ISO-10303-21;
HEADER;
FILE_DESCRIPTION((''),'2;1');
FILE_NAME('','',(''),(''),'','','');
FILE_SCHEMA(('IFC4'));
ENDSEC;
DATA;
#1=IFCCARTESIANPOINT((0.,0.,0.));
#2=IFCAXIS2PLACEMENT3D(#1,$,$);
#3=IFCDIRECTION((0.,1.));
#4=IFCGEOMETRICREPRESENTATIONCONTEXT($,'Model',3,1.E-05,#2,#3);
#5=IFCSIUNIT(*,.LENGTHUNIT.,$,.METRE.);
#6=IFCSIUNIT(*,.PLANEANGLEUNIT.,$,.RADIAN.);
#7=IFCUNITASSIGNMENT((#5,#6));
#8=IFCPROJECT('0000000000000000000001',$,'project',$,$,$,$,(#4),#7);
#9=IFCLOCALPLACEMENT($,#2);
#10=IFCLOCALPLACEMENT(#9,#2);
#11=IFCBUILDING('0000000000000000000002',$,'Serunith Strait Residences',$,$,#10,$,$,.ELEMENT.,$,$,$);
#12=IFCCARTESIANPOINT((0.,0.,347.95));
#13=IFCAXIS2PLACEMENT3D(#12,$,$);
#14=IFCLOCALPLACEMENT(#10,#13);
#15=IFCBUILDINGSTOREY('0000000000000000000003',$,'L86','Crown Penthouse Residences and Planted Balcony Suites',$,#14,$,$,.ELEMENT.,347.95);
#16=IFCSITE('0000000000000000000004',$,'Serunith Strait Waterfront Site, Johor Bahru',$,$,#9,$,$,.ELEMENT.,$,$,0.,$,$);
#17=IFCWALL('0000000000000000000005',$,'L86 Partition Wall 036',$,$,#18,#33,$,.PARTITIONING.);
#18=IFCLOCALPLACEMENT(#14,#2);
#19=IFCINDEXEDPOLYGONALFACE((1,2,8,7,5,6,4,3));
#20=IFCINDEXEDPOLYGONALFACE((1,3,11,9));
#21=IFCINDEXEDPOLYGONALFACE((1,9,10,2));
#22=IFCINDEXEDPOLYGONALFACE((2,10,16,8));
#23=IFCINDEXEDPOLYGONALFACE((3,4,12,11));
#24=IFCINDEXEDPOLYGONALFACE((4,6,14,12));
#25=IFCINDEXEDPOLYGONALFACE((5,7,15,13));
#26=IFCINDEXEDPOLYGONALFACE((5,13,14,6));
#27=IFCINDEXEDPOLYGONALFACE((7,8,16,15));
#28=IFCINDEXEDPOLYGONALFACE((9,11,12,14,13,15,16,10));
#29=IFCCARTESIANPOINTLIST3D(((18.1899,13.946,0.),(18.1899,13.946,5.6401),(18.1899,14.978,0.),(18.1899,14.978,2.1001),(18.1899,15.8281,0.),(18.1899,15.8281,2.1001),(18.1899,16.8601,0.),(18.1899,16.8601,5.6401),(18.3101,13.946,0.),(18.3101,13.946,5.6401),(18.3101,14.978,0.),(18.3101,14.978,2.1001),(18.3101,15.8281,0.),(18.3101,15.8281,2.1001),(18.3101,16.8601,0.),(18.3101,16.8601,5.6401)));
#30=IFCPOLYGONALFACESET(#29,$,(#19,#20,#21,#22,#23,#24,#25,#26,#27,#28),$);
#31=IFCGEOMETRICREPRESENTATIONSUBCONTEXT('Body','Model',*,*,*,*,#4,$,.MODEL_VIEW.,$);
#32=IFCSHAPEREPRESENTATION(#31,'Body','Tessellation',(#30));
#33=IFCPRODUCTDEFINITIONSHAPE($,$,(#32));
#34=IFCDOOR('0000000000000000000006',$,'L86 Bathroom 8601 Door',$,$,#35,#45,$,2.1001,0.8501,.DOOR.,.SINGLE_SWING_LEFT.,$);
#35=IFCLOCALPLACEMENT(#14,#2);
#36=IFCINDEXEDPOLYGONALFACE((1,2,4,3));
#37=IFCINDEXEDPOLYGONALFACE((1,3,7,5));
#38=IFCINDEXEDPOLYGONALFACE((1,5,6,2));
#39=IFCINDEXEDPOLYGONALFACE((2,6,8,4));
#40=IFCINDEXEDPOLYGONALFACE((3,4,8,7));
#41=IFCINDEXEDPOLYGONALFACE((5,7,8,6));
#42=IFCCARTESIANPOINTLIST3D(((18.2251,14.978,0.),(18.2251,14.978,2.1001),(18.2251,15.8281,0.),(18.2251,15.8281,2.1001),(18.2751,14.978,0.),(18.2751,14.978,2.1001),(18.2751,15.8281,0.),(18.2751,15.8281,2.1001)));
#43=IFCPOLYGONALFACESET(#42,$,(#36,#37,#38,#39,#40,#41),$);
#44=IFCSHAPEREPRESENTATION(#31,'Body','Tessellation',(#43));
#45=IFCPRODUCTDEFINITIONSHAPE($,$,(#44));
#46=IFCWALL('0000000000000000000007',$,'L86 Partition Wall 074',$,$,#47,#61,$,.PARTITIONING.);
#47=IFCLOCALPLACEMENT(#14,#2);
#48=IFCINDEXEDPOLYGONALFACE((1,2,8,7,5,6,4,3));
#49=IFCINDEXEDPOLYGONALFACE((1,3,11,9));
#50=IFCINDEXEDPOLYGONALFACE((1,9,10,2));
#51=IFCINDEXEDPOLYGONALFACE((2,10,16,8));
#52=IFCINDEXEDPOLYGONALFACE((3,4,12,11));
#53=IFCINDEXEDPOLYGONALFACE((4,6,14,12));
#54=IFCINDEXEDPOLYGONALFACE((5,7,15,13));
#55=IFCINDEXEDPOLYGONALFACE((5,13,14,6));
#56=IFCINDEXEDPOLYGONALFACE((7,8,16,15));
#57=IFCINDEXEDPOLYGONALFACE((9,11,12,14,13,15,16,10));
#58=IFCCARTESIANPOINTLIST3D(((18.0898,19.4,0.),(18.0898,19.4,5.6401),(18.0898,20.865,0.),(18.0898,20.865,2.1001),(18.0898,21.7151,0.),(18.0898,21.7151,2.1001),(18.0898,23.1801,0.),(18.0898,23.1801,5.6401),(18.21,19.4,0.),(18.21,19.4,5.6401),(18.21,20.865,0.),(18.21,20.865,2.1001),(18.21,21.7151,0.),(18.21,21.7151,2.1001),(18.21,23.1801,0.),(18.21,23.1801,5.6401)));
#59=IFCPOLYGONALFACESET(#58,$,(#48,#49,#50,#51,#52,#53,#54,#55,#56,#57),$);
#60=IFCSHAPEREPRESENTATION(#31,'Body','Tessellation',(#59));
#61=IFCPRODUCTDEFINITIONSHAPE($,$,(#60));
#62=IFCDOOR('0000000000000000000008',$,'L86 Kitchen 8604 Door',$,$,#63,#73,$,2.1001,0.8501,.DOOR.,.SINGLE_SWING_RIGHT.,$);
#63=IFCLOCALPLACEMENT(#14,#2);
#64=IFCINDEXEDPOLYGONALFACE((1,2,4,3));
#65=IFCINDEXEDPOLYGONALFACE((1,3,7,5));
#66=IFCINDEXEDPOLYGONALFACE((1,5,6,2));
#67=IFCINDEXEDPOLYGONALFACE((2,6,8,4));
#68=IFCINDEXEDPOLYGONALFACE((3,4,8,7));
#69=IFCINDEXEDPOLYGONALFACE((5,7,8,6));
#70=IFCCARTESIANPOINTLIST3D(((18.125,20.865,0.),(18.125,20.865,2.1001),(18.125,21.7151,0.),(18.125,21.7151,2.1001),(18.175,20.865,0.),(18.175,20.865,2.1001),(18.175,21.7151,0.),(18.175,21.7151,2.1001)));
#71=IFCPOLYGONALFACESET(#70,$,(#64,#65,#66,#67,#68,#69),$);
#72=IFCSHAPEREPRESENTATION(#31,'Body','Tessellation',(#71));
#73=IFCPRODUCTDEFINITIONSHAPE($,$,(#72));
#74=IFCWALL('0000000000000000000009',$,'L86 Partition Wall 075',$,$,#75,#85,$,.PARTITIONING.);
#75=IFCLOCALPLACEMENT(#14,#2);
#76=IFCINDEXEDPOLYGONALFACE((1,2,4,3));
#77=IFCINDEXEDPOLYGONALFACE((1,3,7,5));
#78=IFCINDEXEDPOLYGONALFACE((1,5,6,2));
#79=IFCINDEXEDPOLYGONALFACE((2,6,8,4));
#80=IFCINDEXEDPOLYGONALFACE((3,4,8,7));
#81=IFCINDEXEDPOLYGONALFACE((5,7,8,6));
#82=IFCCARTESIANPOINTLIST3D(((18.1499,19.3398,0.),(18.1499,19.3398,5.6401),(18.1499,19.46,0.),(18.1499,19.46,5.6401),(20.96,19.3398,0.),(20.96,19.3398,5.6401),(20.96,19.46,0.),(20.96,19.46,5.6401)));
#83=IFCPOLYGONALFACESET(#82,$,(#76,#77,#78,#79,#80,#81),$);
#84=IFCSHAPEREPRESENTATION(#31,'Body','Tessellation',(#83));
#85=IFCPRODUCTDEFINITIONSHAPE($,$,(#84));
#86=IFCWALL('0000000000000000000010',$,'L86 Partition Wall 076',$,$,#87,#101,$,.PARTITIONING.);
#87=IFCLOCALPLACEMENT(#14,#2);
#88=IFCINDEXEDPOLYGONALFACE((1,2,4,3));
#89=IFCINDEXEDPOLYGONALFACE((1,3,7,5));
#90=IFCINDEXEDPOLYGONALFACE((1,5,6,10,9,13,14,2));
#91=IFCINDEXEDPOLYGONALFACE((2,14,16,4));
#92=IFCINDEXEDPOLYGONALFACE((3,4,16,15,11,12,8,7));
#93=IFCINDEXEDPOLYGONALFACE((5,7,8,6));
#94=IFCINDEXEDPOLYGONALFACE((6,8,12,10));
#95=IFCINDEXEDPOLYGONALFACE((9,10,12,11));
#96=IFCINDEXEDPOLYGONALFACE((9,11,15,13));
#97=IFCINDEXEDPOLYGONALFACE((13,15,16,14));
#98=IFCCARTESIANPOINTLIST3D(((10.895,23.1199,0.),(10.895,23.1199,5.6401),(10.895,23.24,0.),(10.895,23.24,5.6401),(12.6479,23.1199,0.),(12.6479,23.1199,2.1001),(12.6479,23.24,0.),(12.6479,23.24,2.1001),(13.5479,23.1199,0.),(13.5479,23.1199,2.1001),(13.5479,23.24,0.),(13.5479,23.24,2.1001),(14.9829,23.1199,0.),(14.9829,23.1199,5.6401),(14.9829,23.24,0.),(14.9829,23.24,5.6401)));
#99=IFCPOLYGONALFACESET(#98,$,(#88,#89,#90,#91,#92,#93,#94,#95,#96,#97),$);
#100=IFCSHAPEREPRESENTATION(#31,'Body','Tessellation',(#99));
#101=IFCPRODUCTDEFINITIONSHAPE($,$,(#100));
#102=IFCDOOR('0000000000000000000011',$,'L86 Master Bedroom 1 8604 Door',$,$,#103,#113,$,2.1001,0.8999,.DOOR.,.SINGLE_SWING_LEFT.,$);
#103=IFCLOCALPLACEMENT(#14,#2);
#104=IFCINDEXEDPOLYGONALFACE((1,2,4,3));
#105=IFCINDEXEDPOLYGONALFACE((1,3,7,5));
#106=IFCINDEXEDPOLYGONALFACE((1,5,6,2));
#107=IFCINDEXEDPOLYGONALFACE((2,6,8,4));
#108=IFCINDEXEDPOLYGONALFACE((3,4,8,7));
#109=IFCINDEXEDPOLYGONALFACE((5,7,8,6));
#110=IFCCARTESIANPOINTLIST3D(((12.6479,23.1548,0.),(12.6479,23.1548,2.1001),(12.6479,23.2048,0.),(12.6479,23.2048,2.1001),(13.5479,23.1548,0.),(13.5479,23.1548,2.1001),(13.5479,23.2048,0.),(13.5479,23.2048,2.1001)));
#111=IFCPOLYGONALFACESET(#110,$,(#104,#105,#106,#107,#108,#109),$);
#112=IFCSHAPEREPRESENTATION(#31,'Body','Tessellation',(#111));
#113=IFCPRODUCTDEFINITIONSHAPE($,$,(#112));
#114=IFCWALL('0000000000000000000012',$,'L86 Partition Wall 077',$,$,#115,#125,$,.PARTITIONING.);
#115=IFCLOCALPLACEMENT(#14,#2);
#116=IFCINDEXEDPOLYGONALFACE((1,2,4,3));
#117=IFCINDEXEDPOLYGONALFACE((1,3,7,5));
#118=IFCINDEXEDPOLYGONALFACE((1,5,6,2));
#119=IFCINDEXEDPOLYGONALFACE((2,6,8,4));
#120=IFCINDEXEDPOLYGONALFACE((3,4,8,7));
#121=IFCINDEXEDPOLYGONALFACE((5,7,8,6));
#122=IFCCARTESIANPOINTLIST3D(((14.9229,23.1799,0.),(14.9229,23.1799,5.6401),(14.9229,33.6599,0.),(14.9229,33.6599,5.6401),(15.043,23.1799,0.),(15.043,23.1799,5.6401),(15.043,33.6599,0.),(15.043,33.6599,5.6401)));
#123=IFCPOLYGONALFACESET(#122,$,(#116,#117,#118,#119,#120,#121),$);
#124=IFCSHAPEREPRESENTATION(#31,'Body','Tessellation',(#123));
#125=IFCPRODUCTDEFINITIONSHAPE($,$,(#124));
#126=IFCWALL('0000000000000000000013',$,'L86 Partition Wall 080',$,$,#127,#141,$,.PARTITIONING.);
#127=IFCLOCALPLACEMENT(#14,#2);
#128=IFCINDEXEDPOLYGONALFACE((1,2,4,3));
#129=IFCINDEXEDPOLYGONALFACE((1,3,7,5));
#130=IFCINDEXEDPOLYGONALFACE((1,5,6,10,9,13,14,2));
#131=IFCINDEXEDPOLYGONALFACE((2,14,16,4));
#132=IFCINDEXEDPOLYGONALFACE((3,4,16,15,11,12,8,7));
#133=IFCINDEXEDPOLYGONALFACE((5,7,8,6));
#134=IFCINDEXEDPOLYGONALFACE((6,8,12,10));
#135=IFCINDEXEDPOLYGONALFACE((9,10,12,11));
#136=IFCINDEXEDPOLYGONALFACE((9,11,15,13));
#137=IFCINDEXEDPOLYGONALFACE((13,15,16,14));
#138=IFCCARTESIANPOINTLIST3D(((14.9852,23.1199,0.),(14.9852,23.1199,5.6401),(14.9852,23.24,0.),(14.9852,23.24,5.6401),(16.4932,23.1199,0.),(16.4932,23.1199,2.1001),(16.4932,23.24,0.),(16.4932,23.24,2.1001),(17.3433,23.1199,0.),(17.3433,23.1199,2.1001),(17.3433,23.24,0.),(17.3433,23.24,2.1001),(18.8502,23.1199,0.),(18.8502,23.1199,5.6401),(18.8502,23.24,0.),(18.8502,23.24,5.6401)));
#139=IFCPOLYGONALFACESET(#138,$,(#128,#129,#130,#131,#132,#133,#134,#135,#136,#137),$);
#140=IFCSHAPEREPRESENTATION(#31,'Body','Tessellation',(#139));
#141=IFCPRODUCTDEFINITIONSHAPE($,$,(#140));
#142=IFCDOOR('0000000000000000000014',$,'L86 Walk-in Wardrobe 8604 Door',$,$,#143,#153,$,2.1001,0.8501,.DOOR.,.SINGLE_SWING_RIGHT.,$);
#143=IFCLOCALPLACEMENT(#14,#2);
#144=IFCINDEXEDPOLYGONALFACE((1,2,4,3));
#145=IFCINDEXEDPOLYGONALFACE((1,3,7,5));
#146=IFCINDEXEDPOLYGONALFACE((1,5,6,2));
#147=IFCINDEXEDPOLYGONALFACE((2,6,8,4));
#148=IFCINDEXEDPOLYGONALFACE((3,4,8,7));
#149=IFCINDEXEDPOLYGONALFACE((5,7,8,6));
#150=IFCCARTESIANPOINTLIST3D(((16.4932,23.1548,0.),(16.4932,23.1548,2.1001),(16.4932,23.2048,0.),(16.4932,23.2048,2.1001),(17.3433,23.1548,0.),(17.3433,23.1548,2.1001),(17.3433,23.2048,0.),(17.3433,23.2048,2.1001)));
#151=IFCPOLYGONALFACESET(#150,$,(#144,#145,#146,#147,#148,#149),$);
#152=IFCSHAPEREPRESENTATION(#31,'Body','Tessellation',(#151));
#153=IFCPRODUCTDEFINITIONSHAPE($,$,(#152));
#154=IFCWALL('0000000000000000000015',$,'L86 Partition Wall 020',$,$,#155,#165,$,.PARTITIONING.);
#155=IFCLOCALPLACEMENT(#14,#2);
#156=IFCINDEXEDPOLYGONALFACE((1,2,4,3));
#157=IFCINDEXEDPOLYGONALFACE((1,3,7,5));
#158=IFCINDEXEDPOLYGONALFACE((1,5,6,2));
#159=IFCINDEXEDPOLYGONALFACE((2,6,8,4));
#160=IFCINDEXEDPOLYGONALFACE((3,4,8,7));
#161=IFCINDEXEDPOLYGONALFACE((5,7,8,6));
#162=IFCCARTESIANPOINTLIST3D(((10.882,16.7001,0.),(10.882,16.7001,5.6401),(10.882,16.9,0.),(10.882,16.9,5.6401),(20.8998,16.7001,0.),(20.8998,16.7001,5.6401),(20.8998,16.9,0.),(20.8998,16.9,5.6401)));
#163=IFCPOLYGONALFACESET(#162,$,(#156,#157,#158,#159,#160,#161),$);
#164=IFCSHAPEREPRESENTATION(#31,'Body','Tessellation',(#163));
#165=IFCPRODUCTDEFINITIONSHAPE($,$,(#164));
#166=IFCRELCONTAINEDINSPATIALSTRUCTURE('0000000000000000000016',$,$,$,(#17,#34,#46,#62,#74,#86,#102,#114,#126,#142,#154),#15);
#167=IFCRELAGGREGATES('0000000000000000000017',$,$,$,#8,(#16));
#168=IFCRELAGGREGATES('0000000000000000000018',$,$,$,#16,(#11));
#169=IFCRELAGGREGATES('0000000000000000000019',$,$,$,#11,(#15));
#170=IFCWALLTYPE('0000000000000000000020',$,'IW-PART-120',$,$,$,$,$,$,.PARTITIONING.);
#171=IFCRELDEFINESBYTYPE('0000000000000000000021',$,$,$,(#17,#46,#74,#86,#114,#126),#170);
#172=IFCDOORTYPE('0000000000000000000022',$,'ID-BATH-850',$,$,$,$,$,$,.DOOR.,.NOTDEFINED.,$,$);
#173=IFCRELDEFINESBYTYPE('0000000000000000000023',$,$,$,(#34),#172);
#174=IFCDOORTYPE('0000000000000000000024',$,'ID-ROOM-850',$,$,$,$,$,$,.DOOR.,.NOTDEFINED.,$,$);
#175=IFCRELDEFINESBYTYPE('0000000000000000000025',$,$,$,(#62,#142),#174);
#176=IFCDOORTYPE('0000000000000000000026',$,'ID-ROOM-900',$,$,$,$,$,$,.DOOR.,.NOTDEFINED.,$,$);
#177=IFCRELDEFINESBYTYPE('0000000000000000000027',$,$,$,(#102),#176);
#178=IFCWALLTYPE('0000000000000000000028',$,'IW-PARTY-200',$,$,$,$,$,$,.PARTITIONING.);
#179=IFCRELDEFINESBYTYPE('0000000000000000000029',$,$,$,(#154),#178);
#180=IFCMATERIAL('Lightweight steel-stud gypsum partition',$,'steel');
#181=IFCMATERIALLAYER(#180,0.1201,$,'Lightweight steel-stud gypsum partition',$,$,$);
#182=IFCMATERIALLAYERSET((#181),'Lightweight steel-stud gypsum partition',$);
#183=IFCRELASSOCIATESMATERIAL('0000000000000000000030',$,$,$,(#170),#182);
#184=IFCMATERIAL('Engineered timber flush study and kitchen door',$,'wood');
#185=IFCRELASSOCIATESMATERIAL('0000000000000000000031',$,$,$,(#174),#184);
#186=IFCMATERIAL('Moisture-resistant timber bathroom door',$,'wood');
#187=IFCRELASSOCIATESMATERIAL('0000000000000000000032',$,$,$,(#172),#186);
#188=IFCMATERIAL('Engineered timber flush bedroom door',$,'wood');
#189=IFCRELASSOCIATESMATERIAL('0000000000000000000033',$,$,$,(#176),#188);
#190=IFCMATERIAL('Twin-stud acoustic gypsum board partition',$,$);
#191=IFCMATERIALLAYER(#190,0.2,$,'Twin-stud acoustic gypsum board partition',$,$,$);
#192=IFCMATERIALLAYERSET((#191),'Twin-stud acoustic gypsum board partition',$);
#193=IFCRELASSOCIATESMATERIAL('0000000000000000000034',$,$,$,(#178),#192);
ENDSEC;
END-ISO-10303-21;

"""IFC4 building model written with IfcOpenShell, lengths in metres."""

from ifc_helpers import new_model, si_unit, direction, frame, frame_2d, origin, place, context, subcontext, project, spatial, rectangle, extrude, source, transform, mapped, material, layer, layer_set, type_object, element, fill, save


model = new_model("IFC4")

# Units and contexts
model_context = context("Model", 3, precision=1e-05, world=origin(), true_north=direction((0.0, 1.0)))
body_context = subcontext(model_context, "Body", "Model", "MODEL_VIEW")
ifc_project = project(units=[si_unit("LENGTHUNIT", "METRE"), si_unit("PLANEANGLEUNIT", "RADIAN")], contexts=[model_context])

# Site, building, storey
site_placement = place(None, origin())
site = spatial("IfcSite", under=ifc_project, at=site_placement, Name="Serunith Strait Waterfront Site, Johor Bahru", CompositionType="ELEMENT", RefElevation=0.0)
building_placement = place(site_placement, origin())
building = spatial("IfcBuilding", under=site, at=building_placement, Name="Serunith Strait Residences", CompositionType="ELEMENT")
storey_placement = place(building_placement, frame((0.0, 0.0, 347.95)))
storey = spatial("IfcBuildingStorey", under=building, at=storey_placement, Name="L86", Description="Crown Penthouse Residences and Planted Balcony Suites", CompositionType="ELEMENT", Elevation=347.95)

# Shared definitions
ifc_material_1 = material(Name="Lightweight steel-stud gypsum partition", Category="steel")
ifc_layer_1 = layer(ifc_material_1, 0.1201, Name="Lightweight steel-stud gypsum partition")
ifc_layer_set_1 = layer_set([ifc_layer_1], Name="Lightweight steel-stud gypsum partition")
wall_type_1 = type_object("IfcWallType", Name="IW-PART-120", PredefinedType="PARTITIONING", material=ifc_layer_set_1)
ifc_material_2 = material(Name="Engineered timber flush study and kitchen door", Category="wood")
door_type_1 = type_object("IfcDoorType", Name="ID-ROOM-850", OperationType="NOTDEFINED", PredefinedType="DOOR", material=ifc_material_2)
shared_shape_1 = source(origin(), body_context, "Body", "SweptSolid", [
    extrude(rectangle(XDim=0.8501, YDim=2.1001, at=frame_2d((0.425, 1.05))), frame((0.0, 0.0249, 0.0), z_axis=(0.0, -1.0, 0.0), x_axis=(1.0, 0.0, 0.0)), (0.0, 0.0, 1.0), 0.05),
])

# Walls, openings, doors
wall_1_placement = place(storey_placement, frame((18.25, 13.946, 0.0), z_axis=(0.0, 0.0, 1.0), x_axis=(0.0, 1.0, 0.0)))
wall_1 = element("IfcWall", 1, at=wall_1_placement, inside=storey, type_object=wall_type_1, Name="L86 Partition Wall 036", PredefinedType="PARTITIONING", context=body_context, shape_type="SweptSolid", body=[
    extrude(rectangle(XDim=2.9141, YDim=0.1201, at=frame_2d((1.457, 0.0))), origin(), (0.0, 0.0, 1.0), 5.6401),
])
opening_1_placement = place(wall_1_placement, frame((1.032, 0.0, 0.0)))
opening_1 = element("IfcOpeningElement", 2, at=opening_1_placement, cuts=wall_1, PredefinedType="OPENING", context=body_context, shape_type="SweptSolid", body=[
    extrude(rectangle(XDim=0.8501, YDim=2.1001, at=frame_2d((0.425, 1.05))), frame((0.0, 0.0701, 0.0), z_axis=(0.0, -1.0, 0.0), x_axis=(1.0, 0.0, 0.0)), (0.0, 0.0, 1.0), 0.1401),
])
ifc_material_3 = material(Name="Moisture-resistant timber bathroom door", Category="wood")
door_type_2 = type_object("IfcDoorType", Name="ID-BATH-850", OperationType="NOTDEFINED", PredefinedType="DOOR", material=ifc_material_3)
door_1_placement = place(opening_1_placement, origin())
door_1 = element("IfcDoor", 3, at=door_1_placement, inside=storey, type_object=door_type_2, Name="L86 Bathroom 8601 Door", OperationType="SINGLE_SWING_LEFT", OverallHeight=2.1001, OverallWidth=0.8501, PredefinedType="DOOR", context=body_context, shape_type="MappedRepresentation", body=[
    mapped(shared_shape_1, transform((0.0, 0.0, 0.0), scale=1.0)),
])
fill(opening_1, door_1)
wall_2_placement = place(storey_placement, frame((18.1499, 19.3999, 0.0), z_axis=(0.0, 0.0, 1.0), x_axis=(0.0, 1.0, 0.0)))
wall_2 = element("IfcWall", 4, at=wall_2_placement, inside=storey, type_object=wall_type_1, Name="L86 Partition Wall 074", PredefinedType="PARTITIONING", context=body_context, shape_type="SweptSolid", body=[
    extrude(rectangle(XDim=3.78, YDim=0.1201, at=frame_2d((1.8901, 0.0))), origin(), (0.0, 0.0, 1.0), 5.6401),
])
opening_2_placement = place(wall_2_placement, frame((1.4651, 0.0, 0.0)))
opening_2 = element("IfcOpeningElement", 5, at=opening_2_placement, cuts=wall_2, PredefinedType="OPENING", context=body_context, shape_type="SweptSolid", body=[
    extrude(rectangle(XDim=0.8501, YDim=2.1001, at=frame_2d((0.425, 1.05))), frame((0.0, 0.0701, 0.0), z_axis=(0.0, -1.0, 0.0), x_axis=(1.0, 0.0, 0.0)), (0.0, 0.0, 1.0), 0.1401),
])
door_2_placement = place(opening_2_placement, origin())
door_2 = element("IfcDoor", 6, at=door_2_placement, inside=storey, type_object=door_type_1, Name="L86 Kitchen 8604 Door", OperationType="SINGLE_SWING_RIGHT", OverallHeight=2.1001, OverallWidth=0.8501, PredefinedType="DOOR", context=body_context, shape_type="MappedRepresentation", body=[
    mapped(shared_shape_1, transform((0.0, 0.0, 0.0), scale=1.0)),
])
fill(opening_2, door_2)

# Wall
wall_3_placement = place(storey_placement, frame((18.1499, 19.3999, 0.0), z_axis=(0.0, 0.0, 1.0), x_axis=(1.0, 0.0, 0.0)))
element("IfcWall", 7, at=wall_3_placement, inside=storey, type_object=wall_type_1, Name="L86 Partition Wall 075", PredefinedType="PARTITIONING", context=body_context, shape_type="SweptSolid", body=[
    extrude(rectangle(XDim=2.8101, YDim=0.1201, at=frame_2d((1.405, 0.0))), origin(), (0.0, 0.0, 1.0), 5.6401),
])

# Wall, opening, door
wall_4_placement = place(storey_placement, frame((10.895, 23.1799, 0.0), z_axis=(0.0, 0.0, 1.0), x_axis=(1.0, 0.0, 0.0)))
wall_4 = element("IfcWall", 8, at=wall_4_placement, inside=storey, type_object=wall_type_1, Name="L86 Partition Wall 076", PredefinedType="PARTITIONING", context=body_context, shape_type="SweptSolid", body=[
    extrude(rectangle(XDim=4.0879, YDim=0.1201, at=frame_2d((2.0439, 0.0))), origin(), (0.0, 0.0, 1.0), 5.6401),
])
opening_3_placement = place(wall_4_placement, frame((1.7529, 0.0, 0.0)))
opening_3 = element("IfcOpeningElement", 9, at=opening_3_placement, cuts=wall_4, PredefinedType="OPENING", context=body_context, shape_type="SweptSolid", body=[
    extrude(rectangle(XDim=0.8999, YDim=2.1001, at=frame_2d((0.45, 1.05))), frame((0.0, 0.0701, 0.0), z_axis=(0.0, -1.0, 0.0), x_axis=(1.0, 0.0, 0.0)), (0.0, 0.0, 1.0), 0.1401),
])
ifc_material_4 = material(Name="Engineered timber flush bedroom door", Category="wood")
door_type_3 = type_object("IfcDoorType", Name="ID-ROOM-900", OperationType="NOTDEFINED", PredefinedType="DOOR", material=ifc_material_4)
shared_shape_2 = source(origin(), body_context, "Body", "SweptSolid", [
    extrude(rectangle(XDim=0.8999, YDim=2.1001, at=frame_2d((0.45, 1.05))), frame((0.0, 0.0249, 0.0), z_axis=(0.0, -1.0, 0.0), x_axis=(1.0, 0.0, 0.0)), (0.0, 0.0, 1.0), 0.05),
])
door_3_placement = place(opening_3_placement, origin())
door_3 = element("IfcDoor", 10, at=door_3_placement, inside=storey, type_object=door_type_3, Name="L86 Master Bedroom 1 8604 Door", OperationType="SINGLE_SWING_LEFT", OverallHeight=2.1001, OverallWidth=0.8999, PredefinedType="DOOR", context=body_context, shape_type="MappedRepresentation", body=[
    mapped(shared_shape_2, transform((0.0, 0.0, 0.0), scale=1.0)),
])
fill(opening_3, door_3)

# Wall
wall_5_placement = place(storey_placement, frame((14.9829, 23.1799, 0.0), z_axis=(0.0, 0.0, 1.0), x_axis=(0.0, 1.0, 0.0)))
element("IfcWall", 11, at=wall_5_placement, inside=storey, type_object=wall_type_1, Name="L86 Partition Wall 077", PredefinedType="PARTITIONING", context=body_context, shape_type="SweptSolid", body=[
    extrude(rectangle(XDim=10.48, YDim=0.1201, at=frame_2d((5.24, 0.0))), origin(), (0.0, 0.0, 1.0), 5.6401),
])

# Wall, opening, door
wall_6_placement = place(storey_placement, frame((14.9851, 23.1799, 0.0), z_axis=(0.0, 0.0, 1.0), x_axis=(1.0, 0.0, 0.0)))
wall_6 = element("IfcWall", 12, at=wall_6_placement, inside=storey, type_object=wall_type_1, Name="L86 Partition Wall 080", PredefinedType="PARTITIONING", context=body_context, shape_type="SweptSolid", body=[
    extrude(rectangle(XDim=3.865, YDim=0.1201, at=frame_2d((1.9326, 0.0))), origin(), (0.0, 0.0, 1.0), 5.6401),
])
opening_4_placement = place(wall_6_placement, frame((1.5081, 0.0, 0.0)))
opening_4 = element("IfcOpeningElement", 13, at=opening_4_placement, cuts=wall_6, PredefinedType="OPENING", context=body_context, shape_type="SweptSolid", body=[
    extrude(rectangle(XDim=0.8501, YDim=2.1001, at=frame_2d((0.425, 1.05))), frame((0.0, 0.0701, 0.0), z_axis=(0.0, -1.0, 0.0), x_axis=(1.0, 0.0, 0.0)), (0.0, 0.0, 1.0), 0.1401),
])
door_4_placement = place(opening_4_placement, origin())
door_4 = element("IfcDoor", 14, at=door_4_placement, inside=storey, type_object=door_type_1, Name="L86 Walk-in Wardrobe 8604 Door", OperationType="SINGLE_SWING_RIGHT", OverallHeight=2.1001, OverallWidth=0.8501, PredefinedType="DOOR", context=body_context, shape_type="MappedRepresentation", body=[
    mapped(shared_shape_1, transform((0.0, 0.0, 0.0), scale=1.0)),
])
fill(opening_4, door_4)

# Wall
ifc_material_5 = material(Name="Twin-stud acoustic gypsum board partition")
ifc_layer_2 = layer(ifc_material_5, 0.2, Name="Twin-stud acoustic gypsum board partition")
ifc_layer_set_2 = layer_set([ifc_layer_2], Name="Twin-stud acoustic gypsum board partition")
wall_type_2 = type_object("IfcWallType", Name="IW-PARTY-200", PredefinedType="PARTITIONING", material=ifc_layer_set_2)
wall_7_placement = place(storey_placement, frame((10.8821, 16.8, 0.0), z_axis=(0.0, 0.0, 1.0), x_axis=(1.0, 0.0, 0.0)))
element("IfcWall", 15, at=wall_7_placement, inside=storey, type_object=wall_type_2, Name="L86 Partition Wall 020", PredefinedType="PARTITIONING", context=body_context, shape_type="SweptSolid", body=[
    extrude(rectangle(XDim=10.0178, YDim=0.2, at=frame_2d((5.0088, 0.0))), origin(), (0.0, 0.0, 1.0), 5.6401),
])

save(model, "model.ifc")
